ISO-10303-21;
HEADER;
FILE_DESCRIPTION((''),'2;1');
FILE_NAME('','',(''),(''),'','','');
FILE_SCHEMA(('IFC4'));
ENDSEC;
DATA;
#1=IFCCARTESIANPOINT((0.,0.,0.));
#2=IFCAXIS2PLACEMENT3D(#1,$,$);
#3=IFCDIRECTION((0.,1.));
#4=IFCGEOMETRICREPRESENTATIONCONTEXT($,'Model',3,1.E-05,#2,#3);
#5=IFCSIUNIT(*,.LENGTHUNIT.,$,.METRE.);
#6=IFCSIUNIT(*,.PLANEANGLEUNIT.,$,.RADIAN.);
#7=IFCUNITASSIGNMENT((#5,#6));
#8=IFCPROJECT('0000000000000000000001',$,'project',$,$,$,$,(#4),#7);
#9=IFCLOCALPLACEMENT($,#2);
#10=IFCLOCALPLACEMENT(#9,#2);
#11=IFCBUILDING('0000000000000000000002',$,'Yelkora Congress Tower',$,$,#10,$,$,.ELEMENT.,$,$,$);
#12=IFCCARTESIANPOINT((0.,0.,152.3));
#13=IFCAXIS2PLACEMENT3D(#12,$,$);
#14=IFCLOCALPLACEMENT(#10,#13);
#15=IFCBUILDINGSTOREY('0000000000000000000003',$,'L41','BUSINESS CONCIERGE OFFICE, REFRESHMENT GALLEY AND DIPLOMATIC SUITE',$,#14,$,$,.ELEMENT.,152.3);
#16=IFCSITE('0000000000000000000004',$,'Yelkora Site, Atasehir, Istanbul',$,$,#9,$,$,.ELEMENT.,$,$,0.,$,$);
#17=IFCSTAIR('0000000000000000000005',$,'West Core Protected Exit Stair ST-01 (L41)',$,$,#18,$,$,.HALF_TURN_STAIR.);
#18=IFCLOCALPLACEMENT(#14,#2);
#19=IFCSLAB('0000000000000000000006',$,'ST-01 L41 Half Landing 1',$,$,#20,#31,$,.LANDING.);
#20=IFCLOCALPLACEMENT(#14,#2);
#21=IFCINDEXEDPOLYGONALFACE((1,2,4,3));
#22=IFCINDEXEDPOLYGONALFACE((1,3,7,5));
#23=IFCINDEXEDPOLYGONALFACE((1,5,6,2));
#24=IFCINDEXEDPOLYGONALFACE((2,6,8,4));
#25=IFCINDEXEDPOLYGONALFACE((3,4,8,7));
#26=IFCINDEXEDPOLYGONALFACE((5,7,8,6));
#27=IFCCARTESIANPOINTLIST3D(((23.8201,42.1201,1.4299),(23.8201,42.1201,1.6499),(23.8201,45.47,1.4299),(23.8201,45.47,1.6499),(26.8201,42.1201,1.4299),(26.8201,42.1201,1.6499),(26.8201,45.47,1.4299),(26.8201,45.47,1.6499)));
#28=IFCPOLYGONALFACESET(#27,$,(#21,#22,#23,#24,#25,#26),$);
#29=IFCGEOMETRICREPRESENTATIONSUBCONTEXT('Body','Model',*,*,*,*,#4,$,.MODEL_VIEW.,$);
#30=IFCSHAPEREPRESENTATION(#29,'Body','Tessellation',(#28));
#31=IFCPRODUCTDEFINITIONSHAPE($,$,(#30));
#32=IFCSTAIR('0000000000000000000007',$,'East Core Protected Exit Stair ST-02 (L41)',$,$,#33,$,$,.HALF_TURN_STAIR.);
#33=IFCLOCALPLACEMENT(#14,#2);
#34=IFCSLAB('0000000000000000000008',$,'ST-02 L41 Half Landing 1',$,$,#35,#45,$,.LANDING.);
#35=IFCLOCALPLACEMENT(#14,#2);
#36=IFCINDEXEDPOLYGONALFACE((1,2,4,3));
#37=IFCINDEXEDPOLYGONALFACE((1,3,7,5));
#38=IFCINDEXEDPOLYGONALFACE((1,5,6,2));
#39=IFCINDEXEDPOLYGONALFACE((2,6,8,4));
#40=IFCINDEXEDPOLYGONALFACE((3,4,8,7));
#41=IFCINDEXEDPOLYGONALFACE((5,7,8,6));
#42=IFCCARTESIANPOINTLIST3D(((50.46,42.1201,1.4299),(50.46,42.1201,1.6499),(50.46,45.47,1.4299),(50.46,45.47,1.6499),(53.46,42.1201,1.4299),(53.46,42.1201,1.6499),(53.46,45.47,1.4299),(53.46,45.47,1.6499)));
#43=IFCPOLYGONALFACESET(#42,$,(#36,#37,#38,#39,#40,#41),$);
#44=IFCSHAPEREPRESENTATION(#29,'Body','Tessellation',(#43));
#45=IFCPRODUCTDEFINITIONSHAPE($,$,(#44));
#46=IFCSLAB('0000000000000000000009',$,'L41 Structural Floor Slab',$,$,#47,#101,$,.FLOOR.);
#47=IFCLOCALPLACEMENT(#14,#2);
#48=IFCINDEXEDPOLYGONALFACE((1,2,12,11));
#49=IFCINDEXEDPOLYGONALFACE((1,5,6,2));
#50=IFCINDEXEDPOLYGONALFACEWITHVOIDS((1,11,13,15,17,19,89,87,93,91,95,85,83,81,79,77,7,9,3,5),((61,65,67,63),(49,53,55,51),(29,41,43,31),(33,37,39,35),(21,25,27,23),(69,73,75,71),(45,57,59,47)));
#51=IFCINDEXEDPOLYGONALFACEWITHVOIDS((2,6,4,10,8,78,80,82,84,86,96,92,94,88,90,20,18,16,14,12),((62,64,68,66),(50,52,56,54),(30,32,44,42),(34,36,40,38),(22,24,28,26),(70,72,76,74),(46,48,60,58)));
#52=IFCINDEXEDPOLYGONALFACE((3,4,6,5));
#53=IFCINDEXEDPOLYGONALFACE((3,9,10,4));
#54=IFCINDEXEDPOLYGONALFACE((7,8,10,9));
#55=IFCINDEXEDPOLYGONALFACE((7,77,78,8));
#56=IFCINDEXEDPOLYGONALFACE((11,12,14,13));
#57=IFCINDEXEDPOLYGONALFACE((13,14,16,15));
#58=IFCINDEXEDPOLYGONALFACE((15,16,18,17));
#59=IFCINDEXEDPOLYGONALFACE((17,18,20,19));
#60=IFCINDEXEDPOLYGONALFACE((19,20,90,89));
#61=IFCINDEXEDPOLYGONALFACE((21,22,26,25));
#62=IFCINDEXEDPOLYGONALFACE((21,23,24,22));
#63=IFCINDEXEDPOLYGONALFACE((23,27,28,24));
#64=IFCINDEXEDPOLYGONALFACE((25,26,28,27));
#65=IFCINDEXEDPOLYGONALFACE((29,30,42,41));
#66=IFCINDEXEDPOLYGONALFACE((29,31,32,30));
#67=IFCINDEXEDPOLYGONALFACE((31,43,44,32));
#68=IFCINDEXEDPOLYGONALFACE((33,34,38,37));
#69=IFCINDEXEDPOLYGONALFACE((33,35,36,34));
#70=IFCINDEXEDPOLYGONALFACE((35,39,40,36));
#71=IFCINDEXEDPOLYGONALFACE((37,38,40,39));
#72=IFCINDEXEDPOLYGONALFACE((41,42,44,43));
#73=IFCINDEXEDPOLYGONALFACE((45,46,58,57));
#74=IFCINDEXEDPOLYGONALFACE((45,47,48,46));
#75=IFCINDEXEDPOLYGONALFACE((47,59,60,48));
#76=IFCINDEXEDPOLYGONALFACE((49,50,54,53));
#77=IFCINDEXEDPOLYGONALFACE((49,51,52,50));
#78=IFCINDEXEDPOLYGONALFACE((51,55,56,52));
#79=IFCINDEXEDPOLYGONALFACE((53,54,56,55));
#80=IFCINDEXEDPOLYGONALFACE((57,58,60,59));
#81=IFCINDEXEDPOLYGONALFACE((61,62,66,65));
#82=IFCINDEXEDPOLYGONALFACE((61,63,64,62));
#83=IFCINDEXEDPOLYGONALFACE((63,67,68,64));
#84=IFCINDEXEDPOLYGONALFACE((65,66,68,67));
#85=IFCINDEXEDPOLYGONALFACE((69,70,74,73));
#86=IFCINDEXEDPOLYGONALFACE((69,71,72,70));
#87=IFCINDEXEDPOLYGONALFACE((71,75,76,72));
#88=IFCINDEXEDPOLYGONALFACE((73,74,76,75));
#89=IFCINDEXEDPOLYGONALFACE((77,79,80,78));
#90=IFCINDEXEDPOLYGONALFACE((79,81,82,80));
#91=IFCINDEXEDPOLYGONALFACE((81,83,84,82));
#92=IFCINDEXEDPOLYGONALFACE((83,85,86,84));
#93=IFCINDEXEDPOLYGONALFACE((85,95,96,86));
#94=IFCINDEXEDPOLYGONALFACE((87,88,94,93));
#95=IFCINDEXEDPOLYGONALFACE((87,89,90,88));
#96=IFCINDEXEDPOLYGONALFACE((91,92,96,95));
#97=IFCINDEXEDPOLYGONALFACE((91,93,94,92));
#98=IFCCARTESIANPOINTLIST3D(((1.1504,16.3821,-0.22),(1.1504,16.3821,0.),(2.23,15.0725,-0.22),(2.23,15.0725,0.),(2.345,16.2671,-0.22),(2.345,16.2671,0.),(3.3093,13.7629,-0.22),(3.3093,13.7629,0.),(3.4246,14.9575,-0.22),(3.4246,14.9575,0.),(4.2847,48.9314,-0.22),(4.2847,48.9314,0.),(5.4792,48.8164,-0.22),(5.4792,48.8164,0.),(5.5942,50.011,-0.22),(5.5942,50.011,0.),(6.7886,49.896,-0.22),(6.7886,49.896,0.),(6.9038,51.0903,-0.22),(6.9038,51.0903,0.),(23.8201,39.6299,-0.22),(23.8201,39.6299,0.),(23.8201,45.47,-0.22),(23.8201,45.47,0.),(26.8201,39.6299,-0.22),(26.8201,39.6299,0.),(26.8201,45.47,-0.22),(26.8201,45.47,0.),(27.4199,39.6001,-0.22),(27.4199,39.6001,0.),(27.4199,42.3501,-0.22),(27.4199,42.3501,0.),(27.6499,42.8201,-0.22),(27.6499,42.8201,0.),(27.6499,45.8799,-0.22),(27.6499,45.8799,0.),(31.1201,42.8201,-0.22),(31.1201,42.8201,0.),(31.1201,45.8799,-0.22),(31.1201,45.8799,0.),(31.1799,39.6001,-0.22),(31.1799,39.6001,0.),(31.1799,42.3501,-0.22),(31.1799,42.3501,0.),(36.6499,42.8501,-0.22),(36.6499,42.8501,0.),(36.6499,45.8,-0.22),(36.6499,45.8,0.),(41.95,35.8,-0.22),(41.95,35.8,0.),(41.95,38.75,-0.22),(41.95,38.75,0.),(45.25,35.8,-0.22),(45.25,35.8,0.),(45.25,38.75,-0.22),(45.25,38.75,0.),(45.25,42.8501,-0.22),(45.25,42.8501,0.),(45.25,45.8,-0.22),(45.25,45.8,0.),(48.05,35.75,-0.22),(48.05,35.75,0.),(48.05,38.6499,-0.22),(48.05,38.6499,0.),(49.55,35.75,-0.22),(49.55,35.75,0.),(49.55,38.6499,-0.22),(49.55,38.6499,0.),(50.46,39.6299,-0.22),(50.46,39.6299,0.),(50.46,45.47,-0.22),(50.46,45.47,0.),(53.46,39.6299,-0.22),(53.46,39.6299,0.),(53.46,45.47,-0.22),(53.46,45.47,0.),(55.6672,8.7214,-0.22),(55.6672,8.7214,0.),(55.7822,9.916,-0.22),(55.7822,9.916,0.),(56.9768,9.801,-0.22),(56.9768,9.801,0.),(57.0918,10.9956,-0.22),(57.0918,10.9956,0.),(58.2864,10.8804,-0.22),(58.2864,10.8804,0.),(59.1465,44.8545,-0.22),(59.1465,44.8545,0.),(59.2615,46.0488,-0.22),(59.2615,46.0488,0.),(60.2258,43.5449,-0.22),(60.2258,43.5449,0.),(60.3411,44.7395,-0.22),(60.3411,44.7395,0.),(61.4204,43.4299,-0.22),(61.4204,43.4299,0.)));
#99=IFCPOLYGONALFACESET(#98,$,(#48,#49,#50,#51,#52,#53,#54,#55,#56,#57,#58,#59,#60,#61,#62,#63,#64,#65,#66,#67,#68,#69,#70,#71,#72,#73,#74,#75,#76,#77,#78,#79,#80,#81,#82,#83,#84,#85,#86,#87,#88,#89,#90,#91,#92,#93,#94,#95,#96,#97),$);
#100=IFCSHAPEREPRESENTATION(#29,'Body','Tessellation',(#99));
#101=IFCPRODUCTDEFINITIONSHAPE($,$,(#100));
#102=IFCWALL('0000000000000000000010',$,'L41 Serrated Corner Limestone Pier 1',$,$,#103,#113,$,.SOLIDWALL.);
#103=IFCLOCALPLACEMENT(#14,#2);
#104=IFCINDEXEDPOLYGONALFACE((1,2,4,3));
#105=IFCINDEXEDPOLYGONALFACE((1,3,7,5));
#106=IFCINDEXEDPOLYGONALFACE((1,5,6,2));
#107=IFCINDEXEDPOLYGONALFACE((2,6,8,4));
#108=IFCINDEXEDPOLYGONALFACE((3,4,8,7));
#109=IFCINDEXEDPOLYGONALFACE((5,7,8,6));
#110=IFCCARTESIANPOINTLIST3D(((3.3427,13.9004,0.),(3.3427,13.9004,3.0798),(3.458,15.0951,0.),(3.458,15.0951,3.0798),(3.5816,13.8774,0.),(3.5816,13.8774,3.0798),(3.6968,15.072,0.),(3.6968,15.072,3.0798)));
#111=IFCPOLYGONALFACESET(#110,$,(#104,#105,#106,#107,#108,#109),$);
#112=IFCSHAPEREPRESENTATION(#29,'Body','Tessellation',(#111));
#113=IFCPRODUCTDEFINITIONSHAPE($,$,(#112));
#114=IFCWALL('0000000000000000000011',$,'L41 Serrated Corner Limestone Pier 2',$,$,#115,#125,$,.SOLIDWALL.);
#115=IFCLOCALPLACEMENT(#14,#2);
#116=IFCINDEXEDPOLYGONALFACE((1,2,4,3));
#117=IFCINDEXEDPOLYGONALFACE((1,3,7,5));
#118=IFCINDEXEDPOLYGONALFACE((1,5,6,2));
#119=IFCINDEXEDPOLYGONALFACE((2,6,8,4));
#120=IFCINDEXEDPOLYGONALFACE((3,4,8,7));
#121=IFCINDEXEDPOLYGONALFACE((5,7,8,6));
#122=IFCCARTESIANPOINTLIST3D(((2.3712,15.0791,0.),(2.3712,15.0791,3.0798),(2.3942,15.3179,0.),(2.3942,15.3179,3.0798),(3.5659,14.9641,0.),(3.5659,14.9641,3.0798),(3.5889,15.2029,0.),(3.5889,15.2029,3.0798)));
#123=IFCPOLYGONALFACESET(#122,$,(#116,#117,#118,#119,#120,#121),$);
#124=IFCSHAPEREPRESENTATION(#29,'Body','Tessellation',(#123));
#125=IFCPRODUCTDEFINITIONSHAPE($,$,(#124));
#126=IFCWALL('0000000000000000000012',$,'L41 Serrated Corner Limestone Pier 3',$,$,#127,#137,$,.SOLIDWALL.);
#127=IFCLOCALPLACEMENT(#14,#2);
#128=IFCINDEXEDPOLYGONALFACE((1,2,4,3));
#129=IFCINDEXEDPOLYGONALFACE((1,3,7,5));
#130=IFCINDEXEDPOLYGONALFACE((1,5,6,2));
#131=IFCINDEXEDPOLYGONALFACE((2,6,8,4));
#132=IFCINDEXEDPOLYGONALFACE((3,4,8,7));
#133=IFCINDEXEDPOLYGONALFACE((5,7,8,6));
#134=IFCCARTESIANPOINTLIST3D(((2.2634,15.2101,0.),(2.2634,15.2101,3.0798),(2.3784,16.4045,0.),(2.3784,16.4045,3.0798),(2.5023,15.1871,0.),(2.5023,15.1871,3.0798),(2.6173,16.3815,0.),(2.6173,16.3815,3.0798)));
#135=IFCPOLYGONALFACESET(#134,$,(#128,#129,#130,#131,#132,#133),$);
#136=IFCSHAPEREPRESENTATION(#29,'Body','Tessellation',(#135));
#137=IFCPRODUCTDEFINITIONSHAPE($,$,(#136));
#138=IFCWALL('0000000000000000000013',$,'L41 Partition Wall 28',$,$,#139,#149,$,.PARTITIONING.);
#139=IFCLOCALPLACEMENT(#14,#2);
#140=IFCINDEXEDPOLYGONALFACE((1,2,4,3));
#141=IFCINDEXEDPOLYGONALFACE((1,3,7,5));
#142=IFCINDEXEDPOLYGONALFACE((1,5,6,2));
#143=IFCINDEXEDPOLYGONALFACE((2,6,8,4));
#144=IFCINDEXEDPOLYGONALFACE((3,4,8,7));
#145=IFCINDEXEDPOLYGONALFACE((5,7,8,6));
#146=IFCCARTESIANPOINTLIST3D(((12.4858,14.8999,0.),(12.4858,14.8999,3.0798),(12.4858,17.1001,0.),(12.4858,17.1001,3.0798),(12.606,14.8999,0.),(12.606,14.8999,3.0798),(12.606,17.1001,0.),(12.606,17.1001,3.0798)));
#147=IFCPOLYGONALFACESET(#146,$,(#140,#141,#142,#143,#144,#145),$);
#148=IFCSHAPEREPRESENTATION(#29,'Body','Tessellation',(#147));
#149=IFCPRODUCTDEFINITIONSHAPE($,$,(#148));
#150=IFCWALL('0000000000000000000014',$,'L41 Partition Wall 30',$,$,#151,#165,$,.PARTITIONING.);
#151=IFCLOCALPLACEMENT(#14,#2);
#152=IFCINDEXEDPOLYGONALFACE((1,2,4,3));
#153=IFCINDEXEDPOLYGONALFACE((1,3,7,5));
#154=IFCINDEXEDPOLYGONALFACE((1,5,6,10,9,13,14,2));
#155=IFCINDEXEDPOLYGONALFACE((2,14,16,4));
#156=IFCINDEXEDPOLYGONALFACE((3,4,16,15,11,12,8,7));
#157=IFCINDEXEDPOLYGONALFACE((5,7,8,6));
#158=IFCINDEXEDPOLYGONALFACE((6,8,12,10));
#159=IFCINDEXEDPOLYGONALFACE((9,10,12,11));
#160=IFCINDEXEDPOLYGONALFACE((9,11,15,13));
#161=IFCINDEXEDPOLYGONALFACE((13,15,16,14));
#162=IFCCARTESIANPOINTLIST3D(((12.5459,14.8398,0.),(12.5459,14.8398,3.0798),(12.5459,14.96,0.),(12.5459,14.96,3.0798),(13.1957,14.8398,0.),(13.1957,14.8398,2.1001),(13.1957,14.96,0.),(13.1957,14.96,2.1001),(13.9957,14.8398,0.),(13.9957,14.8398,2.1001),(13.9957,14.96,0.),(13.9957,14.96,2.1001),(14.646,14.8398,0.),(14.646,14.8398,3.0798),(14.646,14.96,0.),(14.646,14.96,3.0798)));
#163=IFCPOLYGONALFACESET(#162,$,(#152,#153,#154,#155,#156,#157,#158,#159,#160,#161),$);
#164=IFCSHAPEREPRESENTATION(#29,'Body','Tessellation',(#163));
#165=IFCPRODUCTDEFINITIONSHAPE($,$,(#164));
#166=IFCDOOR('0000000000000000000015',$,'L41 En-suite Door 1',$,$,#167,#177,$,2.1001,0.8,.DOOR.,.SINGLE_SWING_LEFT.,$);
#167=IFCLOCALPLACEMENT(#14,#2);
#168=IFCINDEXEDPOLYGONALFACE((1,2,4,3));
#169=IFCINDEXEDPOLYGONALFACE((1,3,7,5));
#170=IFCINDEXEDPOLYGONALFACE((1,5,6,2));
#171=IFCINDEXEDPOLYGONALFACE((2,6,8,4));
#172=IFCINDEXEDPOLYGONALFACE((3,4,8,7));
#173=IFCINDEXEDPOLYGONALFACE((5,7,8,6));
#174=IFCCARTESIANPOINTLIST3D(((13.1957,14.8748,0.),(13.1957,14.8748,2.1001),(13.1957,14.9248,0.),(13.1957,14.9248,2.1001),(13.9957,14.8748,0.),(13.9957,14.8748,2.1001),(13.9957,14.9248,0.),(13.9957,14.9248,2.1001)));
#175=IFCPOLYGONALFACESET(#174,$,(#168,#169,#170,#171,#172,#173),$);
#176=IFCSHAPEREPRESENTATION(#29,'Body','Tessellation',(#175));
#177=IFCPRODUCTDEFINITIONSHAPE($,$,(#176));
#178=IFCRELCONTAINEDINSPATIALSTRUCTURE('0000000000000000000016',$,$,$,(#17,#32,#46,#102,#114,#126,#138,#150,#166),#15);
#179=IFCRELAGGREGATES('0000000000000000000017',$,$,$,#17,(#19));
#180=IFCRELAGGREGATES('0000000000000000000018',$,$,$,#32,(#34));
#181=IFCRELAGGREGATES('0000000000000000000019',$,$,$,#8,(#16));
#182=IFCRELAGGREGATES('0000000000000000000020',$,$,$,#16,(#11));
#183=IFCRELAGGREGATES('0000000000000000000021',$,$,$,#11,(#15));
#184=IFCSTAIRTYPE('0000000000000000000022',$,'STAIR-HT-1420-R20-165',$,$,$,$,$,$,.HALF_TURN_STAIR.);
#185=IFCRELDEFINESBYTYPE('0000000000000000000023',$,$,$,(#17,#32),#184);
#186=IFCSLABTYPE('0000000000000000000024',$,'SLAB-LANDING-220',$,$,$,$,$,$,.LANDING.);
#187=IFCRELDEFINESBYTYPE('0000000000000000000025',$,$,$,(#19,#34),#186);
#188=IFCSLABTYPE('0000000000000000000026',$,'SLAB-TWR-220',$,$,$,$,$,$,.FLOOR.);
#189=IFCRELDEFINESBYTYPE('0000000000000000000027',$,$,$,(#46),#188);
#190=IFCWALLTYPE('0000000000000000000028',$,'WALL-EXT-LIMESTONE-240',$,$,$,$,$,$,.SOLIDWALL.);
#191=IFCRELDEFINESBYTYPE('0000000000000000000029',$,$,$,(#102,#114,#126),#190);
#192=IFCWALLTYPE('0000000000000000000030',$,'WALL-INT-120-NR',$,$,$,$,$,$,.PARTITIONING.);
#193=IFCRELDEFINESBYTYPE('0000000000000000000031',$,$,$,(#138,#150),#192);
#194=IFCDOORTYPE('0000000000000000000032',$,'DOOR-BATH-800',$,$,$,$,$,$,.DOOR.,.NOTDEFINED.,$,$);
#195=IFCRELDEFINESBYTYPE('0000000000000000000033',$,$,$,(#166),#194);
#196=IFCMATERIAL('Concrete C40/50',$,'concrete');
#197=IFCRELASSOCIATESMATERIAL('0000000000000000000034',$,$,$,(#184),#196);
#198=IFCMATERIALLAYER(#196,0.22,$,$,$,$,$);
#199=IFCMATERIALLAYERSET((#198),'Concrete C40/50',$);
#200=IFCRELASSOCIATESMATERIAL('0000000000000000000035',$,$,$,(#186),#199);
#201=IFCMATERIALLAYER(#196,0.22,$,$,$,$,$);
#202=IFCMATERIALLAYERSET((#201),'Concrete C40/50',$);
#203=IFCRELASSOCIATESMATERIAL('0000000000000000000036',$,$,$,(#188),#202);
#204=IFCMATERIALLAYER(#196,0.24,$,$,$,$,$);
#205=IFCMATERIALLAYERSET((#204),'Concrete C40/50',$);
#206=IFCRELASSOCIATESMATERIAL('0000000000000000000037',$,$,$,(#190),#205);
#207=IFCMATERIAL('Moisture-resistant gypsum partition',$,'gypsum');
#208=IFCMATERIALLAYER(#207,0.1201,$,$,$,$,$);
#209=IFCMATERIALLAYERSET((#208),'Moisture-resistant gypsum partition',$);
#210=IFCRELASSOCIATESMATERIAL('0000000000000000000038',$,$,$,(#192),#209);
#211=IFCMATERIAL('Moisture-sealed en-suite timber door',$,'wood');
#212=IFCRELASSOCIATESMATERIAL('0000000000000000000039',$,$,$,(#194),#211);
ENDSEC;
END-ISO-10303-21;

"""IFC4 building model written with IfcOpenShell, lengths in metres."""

from ifc_helpers import new_model, si_unit, direction, frame, frame_2d, origin, place, context, subcontext, project, spatial, polyline, rectangle, outline, extrude, material, layer, layer_set, type_object, element, fill, aggregate, save


model = new_model("IFC4")

# Units and contexts
model_context = context("Model", 3, precision=1e-05, world=origin(), true_north=direction((0.0, 1.0)))
body_context = subcontext(model_context, "Body", "Model", "MODEL_VIEW")
ifc_project = project(units=[si_unit("LENGTHUNIT", "METRE"), si_unit("PLANEANGLEUNIT", "RADIAN")], contexts=[model_context])

# Site, building, storey
site_placement = place(None, origin())
site = spatial("IfcSite", under=ifc_project, at=site_placement, Name="Yelkora Site, Atasehir, Istanbul", CompositionType="ELEMENT", RefElevation=0.0)
building_placement = place(site_placement, origin())
building = spatial("IfcBuilding", under=site, at=building_placement, Name="Yelkora Congress Tower", CompositionType="ELEMENT")
storey_placement = place(building_placement, frame((0.0, 0.0, 152.3)))
storey = spatial("IfcBuildingStorey", under=building, at=storey_placement, Name="L41", Description="BUSINESS CONCIERGE OFFICE, REFRESHMENT GALLEY AND DIPLOMATIC SUITE", CompositionType="ELEMENT", Elevation=152.3)

# Stairs, slabs
ifc_material_1 = material(Name="Concrete C40/50", Category="concrete")
stair_type = type_object("IfcStairType", Name="STAIR-HT-1420-R20-165", PredefinedType="HALF_TURN_STAIR", material=ifc_material_1)
stair_1_placement = place(storey_placement, origin())
stair_1 = element("IfcStair", 1, at=stair_1_placement, inside=storey, type_object=stair_type, Name="West Core Protected Exit Stair ST-01 (L41)", PredefinedType="HALF_TURN_STAIR")
ifc_layer_1 = layer(ifc_material_1, 0.22)
ifc_layer_set_1 = layer_set([ifc_layer_1], Name="Concrete C40/50")
slab_type_1 = type_object("IfcSlabType", Name="SLAB-LANDING-220", PredefinedType="LANDING", material=ifc_layer_set_1)
slab_1_placement = place(storey_placement, frame((0.0, 0.0, 1.4299)))
slab_1 = element("IfcSlab", 2, at=slab_1_placement, type_object=slab_type_1, Name="ST-01 L41 Half Landing 1", PredefinedType="LANDING", context=body_context, shape_type="SweptSolid", body=[
    extrude(outline(polyline([(26.8201, 42.1201), (26.8201, 45.47), (23.8201, 45.47), (23.8201, 42.1201), (26.8201, 42.1201)])), origin(), (0.0, 0.0, 1.0), 0.22),
])
aggregate(stair_1, [slab_1])
stair_2_placement = place(storey_placement, origin())
stair_2 = element("IfcStair", 3, at=stair_2_placement, inside=storey, type_object=stair_type, Name="East Core Protected Exit Stair ST-02 (L41)", PredefinedType="HALF_TURN_STAIR")
slab_2_placement = place(storey_placement, frame((0.0, 0.0, 1.4299)))
slab_2 = element("IfcSlab", 4, at=slab_2_placement, type_object=slab_type_1, Name="ST-02 L41 Half Landing 1", PredefinedType="LANDING", context=body_context, shape_type="SweptSolid", body=[
    extrude(outline(polyline([(53.46, 42.1201), (53.46, 45.47), (50.46, 45.47), (50.46, 42.1201), (53.46, 42.1201)])), origin(), (0.0, 0.0, 1.0), 0.22),
])
aggregate(stair_2, [slab_2])

# Slab
ifc_layer_2 = layer(ifc_material_1, 0.22)
ifc_layer_set_2 = layer_set([ifc_layer_2], Name="Concrete C40/50")
slab_type_2 = type_object("IfcSlabType", Name="SLAB-TWR-220", PredefinedType="FLOOR", material=ifc_layer_set_2)
slab_3_placement = place(storey_placement, frame((0.0, 0.0, -0.22)))
element("IfcSlab", 5, at=slab_3_placement, inside=storey, type_object=slab_type_2, Name="L41 Structural Floor Slab", PredefinedType="FLOOR", context=body_context, shape_type="SweptSolid", body=[
    extrude(outline(polyline([(3.3093, 13.7629), (55.6672, 8.7214), (55.7822, 9.916), (56.9768, 9.801), (57.0918, 10.9956), (58.2864, 10.8804), (61.4204, 43.4299), (60.2258, 43.5449), (60.3411, 44.7395), (59.1465, 44.8545), (59.2615, 46.0488), (6.9038, 51.0903), (6.7886, 49.896), (5.5942, 50.011), (5.4792, 48.8164), (4.2847, 48.9314), (1.1504, 16.3821), (2.345, 16.2671), (2.23, 15.0725), (3.4246, 14.9575), (3.3093, 13.7629)]), holes=[polyline([(23.8201, 39.6299), (26.8201, 39.6299), (26.8201, 45.47), (23.8201, 45.47), (23.8201, 39.6299)]), polyline([(50.46, 39.6299), (53.46, 39.6299), (53.46, 45.47), (50.46, 45.47), (50.46, 39.6299)]), polyline([(48.05, 35.75), (49.55, 35.75), (49.55, 38.6499), (48.05, 38.6499), (48.05, 35.75)]), polyline([(36.6499, 42.8501), (45.25, 42.8501), (45.25, 45.8), (36.6499, 45.8), (36.6499, 42.8501)]), polyline([(41.95, 35.8), (45.25, 35.8), (45.25, 38.75), (41.95, 38.75), (41.95, 35.8)]), polyline([(27.4199, 39.6001), (31.1799, 39.6001), (31.1799, 42.3501), (27.4199, 42.3501), (27.4199, 39.6001)]), polyline([(27.6499, 42.8201), (31.1201, 42.8201), (31.1201, 45.8799), (27.6499, 45.8799), (27.6499, 42.8201)])]), origin(), (0.0, 0.0, 1.0), 0.22),
])

# Walls
ifc_layer_3 = layer(ifc_material_1, 0.24)
ifc_layer_set_3 = layer_set([ifc_layer_3], Name="Concrete C40/50")
wall_type_1 = type_object("IfcWallType", Name="WALL-EXT-LIMESTONE-240", PredefinedType="SOLIDWALL", material=ifc_layer_set_3)
for number, where, z_axis, x_axis, name in (
    (6, (3.4622, 13.8889, 0.0), (0.0, 0.0, 1.0), (0.096019, 0.99538, 0.0), "L41 Serrated Corner Limestone Pier 1"),
    (7, (3.5774, 15.0835, 0.0), (0.0, 0.0, 1.0), (-0.995399, 0.095817, 0.0), "L41 Serrated Corner Limestone Pier 2"),
):
    element("IfcWall", number, at=place(storey_placement, frame(where, z_axis=z_axis, x_axis=x_axis)), inside=storey, type_object=wall_type_1, Name=name, PredefinedType="SOLIDWALL", context=body_context, shape_type="SweptSolid", body=[
        extrude(rectangle(XDim=1.2002, YDim=0.24, at=frame_2d((0.6001, 0.0))), origin(), (0.0, 0.0, 1.0), 3.0798),
    ])
wall_1_placement = place(storey_placement, frame((2.3828, 15.1985, 0.0), z_axis=(0.0, 0.0, 1.0), x_axis=(0.095836, 0.995397, 0.0)))
element("IfcWall", 8, at=wall_1_placement, inside=storey, type_object=wall_type_1, Name="L41 Serrated Corner Limestone Pier 3", PredefinedType="SOLIDWALL", context=body_context, shape_type="SweptSolid", body=[
    extrude(rectangle(XDim=1.2, YDim=0.24, at=frame_2d((0.6001, 0.0))), origin(), (0.0, 0.0, 1.0), 3.0798),
])
ifc_material_2 = material(Name="Moisture-resistant gypsum partition", Category="gypsum")
ifc_layer_4 = layer(ifc_material_2, 0.1201)
ifc_layer_set_4 = layer_set([ifc_layer_4], Name="Moisture-resistant gypsum partition")
wall_type_2 = type_object("IfcWallType", Name="WALL-INT-120-NR", PredefinedType="PARTITIONING", material=ifc_layer_set_4)
wall_2_placement = place(storey_placement, frame((12.5459, 14.8999, 0.0), z_axis=(0.0, 0.0, 1.0), x_axis=(0.0, 1.0, 0.0)))
element("IfcWall", 9, at=wall_2_placement, inside=storey, type_object=wall_type_2, Name="L41 Partition Wall 28", PredefinedType="PARTITIONING", context=body_context, shape_type="SweptSolid", body=[
    extrude(rectangle(XDim=2.2002, YDim=0.1201, at=frame_2d((1.1001, 0.0))), origin(), (0.0, 0.0, 1.0), 3.0798),
])

# Wall, opening, door
wall_3_placement = place(storey_placement, frame((12.5459, 14.8999, 0.0), z_axis=(0.0, 0.0, 1.0), x_axis=(1.0, 0.0, 0.0)))
wall_3 = element("IfcWall", 10, at=wall_3_placement, inside=storey, type_object=wall_type_2, Name="L41 Partition Wall 30", PredefinedType="PARTITIONING", context=body_context, shape_type="SweptSolid", body=[
    extrude(rectangle(XDim=2.1001, YDim=0.1201, at=frame_2d((1.05, 0.0))), origin(), (0.0, 0.0, 1.0), 3.0798),
])
opening_placement = place(wall_3_placement, frame((0.6499, 0.0, 0.0)))
opening = element("IfcOpeningElement", 11, at=opening_placement, cuts=wall_3, PredefinedType="OPENING", context=body_context, shape_type="SweptSolid", body=[
    extrude(rectangle(XDim=0.8, YDim=2.1001, at=frame_2d((0.3999, 1.05))), frame((0.0, 0.0701, 0.0), z_axis=(0.0, -1.0, 0.0), x_axis=(1.0, 0.0, 0.0)), (0.0, 0.0, 1.0), 0.1401),
])
ifc_material_3 = material(Name="Moisture-sealed en-suite timber door", Category="wood")
door_type = type_object("IfcDoorType", Name="DOOR-BATH-800", OperationType="NOTDEFINED", PredefinedType="DOOR", material=ifc_material_3)
door_placement = place(opening_placement, origin())
door = element("IfcDoor", 12, at=door_placement, inside=storey, type_object=door_type, Name="L41 En-suite Door 1", OperationType="SINGLE_SWING_LEFT", OverallHeight=2.1001, OverallWidth=0.8, PredefinedType="DOOR", context=body_context, shape_type="SweptSolid", body=[
    extrude(rectangle(XDim=0.8, YDim=2.1001, at=frame_2d((0.3999, 1.05))), frame((0.0, 0.0249, 0.0), z_axis=(0.0, -1.0, 0.0), x_axis=(1.0, 0.0, 0.0)), (0.0, 0.0, 1.0), 0.05),
])
fill(opening, door)

save(model, "model.ifc")
